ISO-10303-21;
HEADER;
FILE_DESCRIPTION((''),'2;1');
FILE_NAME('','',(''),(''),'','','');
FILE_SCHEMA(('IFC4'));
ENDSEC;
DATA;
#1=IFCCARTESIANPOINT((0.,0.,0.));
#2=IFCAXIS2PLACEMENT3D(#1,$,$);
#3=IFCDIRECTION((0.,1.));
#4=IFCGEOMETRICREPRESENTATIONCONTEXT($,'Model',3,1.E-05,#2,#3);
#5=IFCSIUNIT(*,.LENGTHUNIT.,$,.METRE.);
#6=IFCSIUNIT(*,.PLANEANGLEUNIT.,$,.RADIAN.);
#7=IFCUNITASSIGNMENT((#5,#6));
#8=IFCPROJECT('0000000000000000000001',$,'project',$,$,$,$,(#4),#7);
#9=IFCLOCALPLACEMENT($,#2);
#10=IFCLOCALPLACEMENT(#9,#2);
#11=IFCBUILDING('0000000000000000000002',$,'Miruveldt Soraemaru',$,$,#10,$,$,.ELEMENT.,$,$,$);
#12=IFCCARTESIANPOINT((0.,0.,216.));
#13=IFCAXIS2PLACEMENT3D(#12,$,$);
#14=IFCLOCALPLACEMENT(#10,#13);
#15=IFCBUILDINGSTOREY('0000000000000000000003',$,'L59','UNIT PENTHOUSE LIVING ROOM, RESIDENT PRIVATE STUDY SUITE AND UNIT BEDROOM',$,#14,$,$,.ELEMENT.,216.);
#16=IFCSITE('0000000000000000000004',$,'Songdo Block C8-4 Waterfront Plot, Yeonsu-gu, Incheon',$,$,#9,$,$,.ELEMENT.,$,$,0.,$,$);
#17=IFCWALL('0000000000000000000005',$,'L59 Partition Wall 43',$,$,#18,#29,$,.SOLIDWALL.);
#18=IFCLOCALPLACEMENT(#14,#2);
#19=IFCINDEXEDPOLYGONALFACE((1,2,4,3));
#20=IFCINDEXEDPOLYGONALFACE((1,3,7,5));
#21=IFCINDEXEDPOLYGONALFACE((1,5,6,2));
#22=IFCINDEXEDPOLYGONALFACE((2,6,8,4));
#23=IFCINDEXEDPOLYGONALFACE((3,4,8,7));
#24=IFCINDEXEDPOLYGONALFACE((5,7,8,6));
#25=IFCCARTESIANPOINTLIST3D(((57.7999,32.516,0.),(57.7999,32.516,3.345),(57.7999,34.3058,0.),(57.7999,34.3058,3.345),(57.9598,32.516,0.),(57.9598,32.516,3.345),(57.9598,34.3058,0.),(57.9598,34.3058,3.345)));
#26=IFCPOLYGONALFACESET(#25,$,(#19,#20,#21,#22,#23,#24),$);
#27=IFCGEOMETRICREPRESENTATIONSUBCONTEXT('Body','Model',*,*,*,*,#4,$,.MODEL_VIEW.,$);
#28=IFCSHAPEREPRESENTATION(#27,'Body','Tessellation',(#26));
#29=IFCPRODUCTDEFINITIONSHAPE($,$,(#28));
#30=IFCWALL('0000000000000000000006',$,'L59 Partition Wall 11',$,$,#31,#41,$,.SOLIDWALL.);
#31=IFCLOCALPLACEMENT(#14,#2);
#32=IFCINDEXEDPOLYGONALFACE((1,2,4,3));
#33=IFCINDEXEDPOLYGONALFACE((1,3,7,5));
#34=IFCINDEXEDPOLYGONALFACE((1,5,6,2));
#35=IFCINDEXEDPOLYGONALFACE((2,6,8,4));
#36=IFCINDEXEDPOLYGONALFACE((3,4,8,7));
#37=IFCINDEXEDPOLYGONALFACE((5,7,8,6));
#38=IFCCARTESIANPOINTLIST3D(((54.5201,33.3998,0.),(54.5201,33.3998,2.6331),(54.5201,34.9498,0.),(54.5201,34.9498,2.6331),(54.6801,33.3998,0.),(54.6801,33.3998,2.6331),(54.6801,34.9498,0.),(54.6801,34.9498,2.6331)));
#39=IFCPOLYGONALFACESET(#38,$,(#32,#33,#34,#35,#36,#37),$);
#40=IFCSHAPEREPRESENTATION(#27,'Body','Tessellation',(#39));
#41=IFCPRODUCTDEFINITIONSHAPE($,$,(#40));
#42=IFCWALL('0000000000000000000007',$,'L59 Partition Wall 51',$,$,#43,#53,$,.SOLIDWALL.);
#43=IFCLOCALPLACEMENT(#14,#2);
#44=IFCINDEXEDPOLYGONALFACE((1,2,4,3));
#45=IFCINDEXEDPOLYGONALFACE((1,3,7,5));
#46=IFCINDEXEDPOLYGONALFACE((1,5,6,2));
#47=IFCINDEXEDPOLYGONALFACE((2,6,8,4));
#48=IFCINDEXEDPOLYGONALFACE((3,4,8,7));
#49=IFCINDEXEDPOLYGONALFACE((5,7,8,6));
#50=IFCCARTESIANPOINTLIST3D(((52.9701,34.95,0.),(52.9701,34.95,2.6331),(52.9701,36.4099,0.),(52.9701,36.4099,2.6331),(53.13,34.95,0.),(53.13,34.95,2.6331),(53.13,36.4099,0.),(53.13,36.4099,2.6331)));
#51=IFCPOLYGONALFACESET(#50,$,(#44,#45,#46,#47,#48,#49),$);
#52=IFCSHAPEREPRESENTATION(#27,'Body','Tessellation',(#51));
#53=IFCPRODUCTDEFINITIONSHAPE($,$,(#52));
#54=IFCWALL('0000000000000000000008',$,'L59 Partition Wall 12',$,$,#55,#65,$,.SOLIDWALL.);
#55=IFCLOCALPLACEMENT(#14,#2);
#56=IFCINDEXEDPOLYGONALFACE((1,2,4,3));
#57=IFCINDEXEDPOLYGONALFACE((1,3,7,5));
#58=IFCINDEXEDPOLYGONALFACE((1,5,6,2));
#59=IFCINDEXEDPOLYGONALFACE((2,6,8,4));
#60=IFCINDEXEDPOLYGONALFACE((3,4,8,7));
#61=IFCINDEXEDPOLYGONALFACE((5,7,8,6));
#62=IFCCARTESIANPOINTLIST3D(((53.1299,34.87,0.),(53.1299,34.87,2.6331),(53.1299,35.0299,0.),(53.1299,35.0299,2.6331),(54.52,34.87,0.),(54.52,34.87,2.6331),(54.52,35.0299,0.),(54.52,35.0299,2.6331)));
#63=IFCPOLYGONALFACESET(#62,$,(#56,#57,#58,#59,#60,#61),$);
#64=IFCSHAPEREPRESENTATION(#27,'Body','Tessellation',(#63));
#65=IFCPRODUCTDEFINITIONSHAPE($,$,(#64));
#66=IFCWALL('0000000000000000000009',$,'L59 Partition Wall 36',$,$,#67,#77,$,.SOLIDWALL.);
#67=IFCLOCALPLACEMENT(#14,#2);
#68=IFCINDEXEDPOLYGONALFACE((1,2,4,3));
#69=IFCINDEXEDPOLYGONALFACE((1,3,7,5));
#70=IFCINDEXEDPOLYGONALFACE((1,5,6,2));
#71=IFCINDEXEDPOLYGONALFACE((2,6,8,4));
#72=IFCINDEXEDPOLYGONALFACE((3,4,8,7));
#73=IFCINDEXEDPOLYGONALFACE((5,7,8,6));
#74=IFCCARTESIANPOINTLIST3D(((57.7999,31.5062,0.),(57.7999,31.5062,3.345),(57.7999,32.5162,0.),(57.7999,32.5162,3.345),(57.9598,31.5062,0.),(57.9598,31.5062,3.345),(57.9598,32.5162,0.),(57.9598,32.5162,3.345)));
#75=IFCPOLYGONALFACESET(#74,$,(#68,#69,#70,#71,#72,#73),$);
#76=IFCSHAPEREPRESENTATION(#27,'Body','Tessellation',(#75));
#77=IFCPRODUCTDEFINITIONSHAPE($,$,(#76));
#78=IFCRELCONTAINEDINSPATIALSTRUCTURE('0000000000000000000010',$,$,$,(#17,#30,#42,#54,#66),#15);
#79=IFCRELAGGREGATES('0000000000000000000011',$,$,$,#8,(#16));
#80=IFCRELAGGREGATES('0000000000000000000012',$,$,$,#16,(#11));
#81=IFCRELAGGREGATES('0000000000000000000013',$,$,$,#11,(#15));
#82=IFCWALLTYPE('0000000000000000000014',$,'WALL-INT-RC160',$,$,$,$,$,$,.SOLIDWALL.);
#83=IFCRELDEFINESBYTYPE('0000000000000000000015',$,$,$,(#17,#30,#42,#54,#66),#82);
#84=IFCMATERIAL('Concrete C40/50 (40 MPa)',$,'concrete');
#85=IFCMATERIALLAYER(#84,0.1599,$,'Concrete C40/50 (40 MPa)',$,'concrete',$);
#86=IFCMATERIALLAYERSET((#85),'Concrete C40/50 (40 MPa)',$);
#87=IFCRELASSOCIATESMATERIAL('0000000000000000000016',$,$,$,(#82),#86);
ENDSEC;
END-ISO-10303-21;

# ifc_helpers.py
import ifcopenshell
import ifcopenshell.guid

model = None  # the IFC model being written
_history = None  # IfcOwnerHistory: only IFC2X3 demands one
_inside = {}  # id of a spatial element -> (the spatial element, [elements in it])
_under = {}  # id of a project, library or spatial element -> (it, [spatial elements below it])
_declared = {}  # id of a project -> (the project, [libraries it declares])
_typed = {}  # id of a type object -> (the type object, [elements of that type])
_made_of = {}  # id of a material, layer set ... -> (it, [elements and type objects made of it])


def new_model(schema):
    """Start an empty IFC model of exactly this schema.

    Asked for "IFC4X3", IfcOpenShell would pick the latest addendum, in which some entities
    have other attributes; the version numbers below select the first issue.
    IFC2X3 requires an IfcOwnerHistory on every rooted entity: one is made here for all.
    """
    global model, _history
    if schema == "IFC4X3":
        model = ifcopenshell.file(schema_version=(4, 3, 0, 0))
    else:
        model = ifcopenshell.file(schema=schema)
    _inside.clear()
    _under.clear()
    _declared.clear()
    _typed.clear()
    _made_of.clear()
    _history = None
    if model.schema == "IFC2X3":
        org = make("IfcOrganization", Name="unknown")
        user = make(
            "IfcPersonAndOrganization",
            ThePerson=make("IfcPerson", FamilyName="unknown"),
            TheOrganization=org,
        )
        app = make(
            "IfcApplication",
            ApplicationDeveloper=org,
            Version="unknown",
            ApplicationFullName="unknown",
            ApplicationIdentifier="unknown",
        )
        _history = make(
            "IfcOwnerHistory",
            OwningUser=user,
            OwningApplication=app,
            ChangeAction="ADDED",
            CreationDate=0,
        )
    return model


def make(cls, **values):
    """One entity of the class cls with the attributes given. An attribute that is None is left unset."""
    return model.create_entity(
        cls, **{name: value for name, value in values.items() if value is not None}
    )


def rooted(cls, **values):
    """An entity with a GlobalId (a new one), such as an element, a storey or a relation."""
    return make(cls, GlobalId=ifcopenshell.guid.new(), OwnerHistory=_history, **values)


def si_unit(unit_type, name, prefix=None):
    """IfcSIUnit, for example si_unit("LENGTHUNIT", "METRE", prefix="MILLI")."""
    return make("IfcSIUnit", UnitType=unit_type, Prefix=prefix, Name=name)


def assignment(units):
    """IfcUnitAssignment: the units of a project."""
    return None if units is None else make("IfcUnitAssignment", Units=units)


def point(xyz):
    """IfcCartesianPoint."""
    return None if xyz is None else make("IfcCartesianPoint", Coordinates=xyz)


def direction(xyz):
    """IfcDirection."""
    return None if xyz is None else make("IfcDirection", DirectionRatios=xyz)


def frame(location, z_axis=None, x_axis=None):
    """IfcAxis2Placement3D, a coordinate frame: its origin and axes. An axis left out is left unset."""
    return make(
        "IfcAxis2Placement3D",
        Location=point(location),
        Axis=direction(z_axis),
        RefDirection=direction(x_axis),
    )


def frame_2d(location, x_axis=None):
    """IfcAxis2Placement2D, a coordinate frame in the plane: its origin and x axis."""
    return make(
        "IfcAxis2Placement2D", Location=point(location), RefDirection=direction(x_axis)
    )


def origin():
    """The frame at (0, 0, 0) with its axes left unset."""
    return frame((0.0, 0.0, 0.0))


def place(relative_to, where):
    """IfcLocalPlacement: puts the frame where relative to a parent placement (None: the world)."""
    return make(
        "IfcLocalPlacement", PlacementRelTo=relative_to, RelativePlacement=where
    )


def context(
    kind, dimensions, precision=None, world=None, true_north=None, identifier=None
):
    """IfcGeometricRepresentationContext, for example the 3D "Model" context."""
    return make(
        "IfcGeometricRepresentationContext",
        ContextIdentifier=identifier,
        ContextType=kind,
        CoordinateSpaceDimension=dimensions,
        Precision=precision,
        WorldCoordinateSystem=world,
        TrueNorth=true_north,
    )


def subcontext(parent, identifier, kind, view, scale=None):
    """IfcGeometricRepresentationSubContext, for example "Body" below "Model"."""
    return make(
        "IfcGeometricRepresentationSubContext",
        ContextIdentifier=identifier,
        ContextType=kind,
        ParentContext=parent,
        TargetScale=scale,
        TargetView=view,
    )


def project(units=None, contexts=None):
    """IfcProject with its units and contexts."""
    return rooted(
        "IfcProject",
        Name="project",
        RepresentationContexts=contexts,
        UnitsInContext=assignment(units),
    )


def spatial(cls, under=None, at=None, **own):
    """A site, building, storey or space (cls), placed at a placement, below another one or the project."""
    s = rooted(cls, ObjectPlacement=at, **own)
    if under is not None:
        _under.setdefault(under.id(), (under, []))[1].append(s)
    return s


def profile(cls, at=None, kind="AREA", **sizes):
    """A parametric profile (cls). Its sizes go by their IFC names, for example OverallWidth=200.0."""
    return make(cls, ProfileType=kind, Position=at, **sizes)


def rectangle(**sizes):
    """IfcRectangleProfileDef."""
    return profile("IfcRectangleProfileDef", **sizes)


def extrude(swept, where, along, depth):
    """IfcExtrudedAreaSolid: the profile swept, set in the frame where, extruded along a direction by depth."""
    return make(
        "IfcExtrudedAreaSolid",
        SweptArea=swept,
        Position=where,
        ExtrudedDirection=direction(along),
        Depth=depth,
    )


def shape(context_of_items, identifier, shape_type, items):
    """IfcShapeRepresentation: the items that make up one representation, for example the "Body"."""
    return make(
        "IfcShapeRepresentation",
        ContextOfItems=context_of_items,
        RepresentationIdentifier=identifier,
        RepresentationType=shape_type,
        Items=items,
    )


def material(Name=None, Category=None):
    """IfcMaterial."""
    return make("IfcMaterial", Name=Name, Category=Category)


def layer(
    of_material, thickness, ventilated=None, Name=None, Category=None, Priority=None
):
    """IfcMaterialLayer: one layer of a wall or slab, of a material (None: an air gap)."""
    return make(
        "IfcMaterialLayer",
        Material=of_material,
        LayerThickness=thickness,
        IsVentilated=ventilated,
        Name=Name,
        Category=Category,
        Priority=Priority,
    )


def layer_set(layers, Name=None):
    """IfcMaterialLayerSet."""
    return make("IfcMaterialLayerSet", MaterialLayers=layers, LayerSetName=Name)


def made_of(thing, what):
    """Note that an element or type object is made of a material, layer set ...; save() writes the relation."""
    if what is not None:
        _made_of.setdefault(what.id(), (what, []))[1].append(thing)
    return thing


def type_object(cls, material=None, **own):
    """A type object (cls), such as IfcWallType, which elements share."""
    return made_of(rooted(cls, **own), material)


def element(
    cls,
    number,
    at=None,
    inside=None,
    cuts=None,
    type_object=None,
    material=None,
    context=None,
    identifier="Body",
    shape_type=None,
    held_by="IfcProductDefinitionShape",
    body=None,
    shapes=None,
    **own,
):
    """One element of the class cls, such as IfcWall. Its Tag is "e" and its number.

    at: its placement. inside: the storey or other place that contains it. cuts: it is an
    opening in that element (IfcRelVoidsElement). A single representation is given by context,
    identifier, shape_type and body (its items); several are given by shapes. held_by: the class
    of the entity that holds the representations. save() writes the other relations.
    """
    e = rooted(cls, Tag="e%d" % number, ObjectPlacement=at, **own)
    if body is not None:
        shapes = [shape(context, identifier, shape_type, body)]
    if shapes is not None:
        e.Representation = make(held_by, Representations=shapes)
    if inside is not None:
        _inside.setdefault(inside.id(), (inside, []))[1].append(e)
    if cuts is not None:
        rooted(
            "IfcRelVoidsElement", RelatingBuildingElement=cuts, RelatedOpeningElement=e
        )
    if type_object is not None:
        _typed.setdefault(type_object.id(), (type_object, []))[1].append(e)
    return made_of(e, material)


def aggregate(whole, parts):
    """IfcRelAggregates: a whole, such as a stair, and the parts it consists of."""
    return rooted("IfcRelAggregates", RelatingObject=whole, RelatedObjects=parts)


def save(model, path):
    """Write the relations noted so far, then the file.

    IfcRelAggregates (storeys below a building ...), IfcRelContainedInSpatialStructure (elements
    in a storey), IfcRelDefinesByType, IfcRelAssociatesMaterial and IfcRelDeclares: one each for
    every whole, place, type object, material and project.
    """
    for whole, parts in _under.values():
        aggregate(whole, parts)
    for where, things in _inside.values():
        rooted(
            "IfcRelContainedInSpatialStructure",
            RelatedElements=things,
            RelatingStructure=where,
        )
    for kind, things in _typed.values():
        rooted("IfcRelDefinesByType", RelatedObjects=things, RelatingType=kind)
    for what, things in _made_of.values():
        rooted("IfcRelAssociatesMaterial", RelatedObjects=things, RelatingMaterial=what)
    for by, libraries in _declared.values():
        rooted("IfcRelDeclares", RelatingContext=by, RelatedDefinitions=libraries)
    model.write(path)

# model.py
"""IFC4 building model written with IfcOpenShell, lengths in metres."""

from ifc_helpers import new_model, si_unit, direction, frame, frame_2d, origin, place, context, subcontext, project, spatial, rectangle, extrude, material, layer, layer_set, type_object, element, save


model = new_model("IFC4")

# Units and contexts
model_context = context("Model", 3, precision=1e-05, world=origin(), true_north=direction((0.0, 1.0)))
body_context = subcontext(model_context, "Body", "Model", "MODEL_VIEW")
ifc_project = project(units=[si_unit("LENGTHUNIT", "METRE"), si_unit("PLANEANGLEUNIT", "RADIAN")], contexts=[model_context])

# Site, building, storey
site_placement = place(None, origin())
site = spatial("IfcSite", under=ifc_project, at=site_placement, Name="Songdo Block C8-4 Waterfront Plot, Yeonsu-gu, Incheon", CompositionType="ELEMENT", RefElevation=0.0)
building_placement = place(site_placement, origin())
building = spatial("IfcBuilding", under=site, at=building_placement, Name="Miruveldt Soraemaru", CompositionType="ELEMENT")
storey_placement = place(building_placement, frame((0.0, 0.0, 216.0)))
storey = spatial("IfcBuildingStorey", under=building, at=storey_placement, Name="L59", Description="UNIT PENTHOUSE LIVING ROOM, RESIDENT PRIVATE STUDY SUITE AND UNIT BEDROOM", CompositionType="ELEMENT", Elevation=216.0)

# Shared definitions
ifc_material_1 = material(Name="Concrete C40/50 (40 MPa)", Category="concrete")
ifc_layer_1 = layer(ifc_material_1, 0.1599, Name="Concrete C40/50 (40 MPa)", Category="concrete")
ifc_layer_set_1 = layer_set([ifc_layer_1], Name="Concrete C40/50 (40 MPa)")
wall_type_1 = type_object("IfcWallType", Name="WALL-INT-RC160", PredefinedType="SOLIDWALL", material=ifc_layer_set_1)

# Walls
wall_1_placement = place(storey_placement, frame((57.8799, 34.3059, 0.0), z_axis=(0.0, 0.0, 1.0), x_axis=(0.0, -1.0, 0.0)))
element("IfcWall", 1, at=wall_1_placement, inside=storey, type_object=wall_type_1, Name="L59 Partition Wall 43", PredefinedType="SOLIDWALL", context=body_context, shape_type="SweptSolid", body=[
    extrude(rectangle(XDim=1.7898, YDim=0.1599, at=frame_2d((0.895, 0.0))), origin(), (0.0, 0.0, 1.0), 3.345),
])
wall_2_placement = place(storey_placement, frame((54.6001, 33.3999, 0.0), z_axis=(0.0, 0.0, 1.0), x_axis=(0.0, 1.0, 0.0)))
element("IfcWall", 2, at=wall_2_placement, inside=storey, type_object=wall_type_1, Name="L59 Partition Wall 11", PredefinedType="SOLIDWALL", context=body_context, shape_type="SweptSolid", body=[
    extrude(rectangle(XDim=1.55, YDim=0.1599, at=frame_2d((0.7749, 0.0))), origin(), (0.0, 0.0, 1.0), 2.6331),
])
wall_3_placement = place(storey_placement, frame((53.05, 34.95, 0.0), z_axis=(0.0, 0.0, 1.0), x_axis=(0.0, 1.0, 0.0)))
element("IfcWall", 3, at=wall_3_placement, inside=storey, type_object=wall_type_1, Name="L59 Partition Wall 51", PredefinedType="SOLIDWALL", context=body_context, shape_type="SweptSolid", body=[
    extrude(rectangle(XDim=1.46, YDim=0.1599, at=frame_2d((0.73, 0.0))), origin(), (0.0, 0.0, 1.0), 2.6331),
])
wall_4_placement = place(storey_placement, frame((54.52, 34.95, 0.0), z_axis=(0.0, 0.0, 1.0), x_axis=(-1.0, 0.0, 0.0)))
element("IfcWall", 4, at=wall_4_placement, inside=storey, type_object=wall_type_1, Name="L59 Partition Wall 12", PredefinedType="SOLIDWALL", context=body_context, shape_type="SweptSolid", body=[
    extrude(rectangle(XDim=1.3901, YDim=0.1599, at=frame_2d((0.6951, 0.0))), origin(), (0.0, 0.0, 1.0), 2.6331),
])
wall_5_placement = place(storey_placement, frame((57.8799, 32.5161, 0.0), z_axis=(0.0, 0.0, 1.0), x_axis=(0.0, -1.0, 0.0)))
element("IfcWall", 5, at=wall_5_placement, inside=storey, type_object=wall_type_1, Name="L59 Partition Wall 36", PredefinedType="SOLIDWALL", context=body_context, shape_type="SweptSolid", body=[
    extrude(rectangle(XDim=1.01, YDim=0.1599, at=frame_2d((0.5049, 0.0))), origin(), (0.0, 0.0, 1.0), 3.345),
])

save(model, "model.ifc")
